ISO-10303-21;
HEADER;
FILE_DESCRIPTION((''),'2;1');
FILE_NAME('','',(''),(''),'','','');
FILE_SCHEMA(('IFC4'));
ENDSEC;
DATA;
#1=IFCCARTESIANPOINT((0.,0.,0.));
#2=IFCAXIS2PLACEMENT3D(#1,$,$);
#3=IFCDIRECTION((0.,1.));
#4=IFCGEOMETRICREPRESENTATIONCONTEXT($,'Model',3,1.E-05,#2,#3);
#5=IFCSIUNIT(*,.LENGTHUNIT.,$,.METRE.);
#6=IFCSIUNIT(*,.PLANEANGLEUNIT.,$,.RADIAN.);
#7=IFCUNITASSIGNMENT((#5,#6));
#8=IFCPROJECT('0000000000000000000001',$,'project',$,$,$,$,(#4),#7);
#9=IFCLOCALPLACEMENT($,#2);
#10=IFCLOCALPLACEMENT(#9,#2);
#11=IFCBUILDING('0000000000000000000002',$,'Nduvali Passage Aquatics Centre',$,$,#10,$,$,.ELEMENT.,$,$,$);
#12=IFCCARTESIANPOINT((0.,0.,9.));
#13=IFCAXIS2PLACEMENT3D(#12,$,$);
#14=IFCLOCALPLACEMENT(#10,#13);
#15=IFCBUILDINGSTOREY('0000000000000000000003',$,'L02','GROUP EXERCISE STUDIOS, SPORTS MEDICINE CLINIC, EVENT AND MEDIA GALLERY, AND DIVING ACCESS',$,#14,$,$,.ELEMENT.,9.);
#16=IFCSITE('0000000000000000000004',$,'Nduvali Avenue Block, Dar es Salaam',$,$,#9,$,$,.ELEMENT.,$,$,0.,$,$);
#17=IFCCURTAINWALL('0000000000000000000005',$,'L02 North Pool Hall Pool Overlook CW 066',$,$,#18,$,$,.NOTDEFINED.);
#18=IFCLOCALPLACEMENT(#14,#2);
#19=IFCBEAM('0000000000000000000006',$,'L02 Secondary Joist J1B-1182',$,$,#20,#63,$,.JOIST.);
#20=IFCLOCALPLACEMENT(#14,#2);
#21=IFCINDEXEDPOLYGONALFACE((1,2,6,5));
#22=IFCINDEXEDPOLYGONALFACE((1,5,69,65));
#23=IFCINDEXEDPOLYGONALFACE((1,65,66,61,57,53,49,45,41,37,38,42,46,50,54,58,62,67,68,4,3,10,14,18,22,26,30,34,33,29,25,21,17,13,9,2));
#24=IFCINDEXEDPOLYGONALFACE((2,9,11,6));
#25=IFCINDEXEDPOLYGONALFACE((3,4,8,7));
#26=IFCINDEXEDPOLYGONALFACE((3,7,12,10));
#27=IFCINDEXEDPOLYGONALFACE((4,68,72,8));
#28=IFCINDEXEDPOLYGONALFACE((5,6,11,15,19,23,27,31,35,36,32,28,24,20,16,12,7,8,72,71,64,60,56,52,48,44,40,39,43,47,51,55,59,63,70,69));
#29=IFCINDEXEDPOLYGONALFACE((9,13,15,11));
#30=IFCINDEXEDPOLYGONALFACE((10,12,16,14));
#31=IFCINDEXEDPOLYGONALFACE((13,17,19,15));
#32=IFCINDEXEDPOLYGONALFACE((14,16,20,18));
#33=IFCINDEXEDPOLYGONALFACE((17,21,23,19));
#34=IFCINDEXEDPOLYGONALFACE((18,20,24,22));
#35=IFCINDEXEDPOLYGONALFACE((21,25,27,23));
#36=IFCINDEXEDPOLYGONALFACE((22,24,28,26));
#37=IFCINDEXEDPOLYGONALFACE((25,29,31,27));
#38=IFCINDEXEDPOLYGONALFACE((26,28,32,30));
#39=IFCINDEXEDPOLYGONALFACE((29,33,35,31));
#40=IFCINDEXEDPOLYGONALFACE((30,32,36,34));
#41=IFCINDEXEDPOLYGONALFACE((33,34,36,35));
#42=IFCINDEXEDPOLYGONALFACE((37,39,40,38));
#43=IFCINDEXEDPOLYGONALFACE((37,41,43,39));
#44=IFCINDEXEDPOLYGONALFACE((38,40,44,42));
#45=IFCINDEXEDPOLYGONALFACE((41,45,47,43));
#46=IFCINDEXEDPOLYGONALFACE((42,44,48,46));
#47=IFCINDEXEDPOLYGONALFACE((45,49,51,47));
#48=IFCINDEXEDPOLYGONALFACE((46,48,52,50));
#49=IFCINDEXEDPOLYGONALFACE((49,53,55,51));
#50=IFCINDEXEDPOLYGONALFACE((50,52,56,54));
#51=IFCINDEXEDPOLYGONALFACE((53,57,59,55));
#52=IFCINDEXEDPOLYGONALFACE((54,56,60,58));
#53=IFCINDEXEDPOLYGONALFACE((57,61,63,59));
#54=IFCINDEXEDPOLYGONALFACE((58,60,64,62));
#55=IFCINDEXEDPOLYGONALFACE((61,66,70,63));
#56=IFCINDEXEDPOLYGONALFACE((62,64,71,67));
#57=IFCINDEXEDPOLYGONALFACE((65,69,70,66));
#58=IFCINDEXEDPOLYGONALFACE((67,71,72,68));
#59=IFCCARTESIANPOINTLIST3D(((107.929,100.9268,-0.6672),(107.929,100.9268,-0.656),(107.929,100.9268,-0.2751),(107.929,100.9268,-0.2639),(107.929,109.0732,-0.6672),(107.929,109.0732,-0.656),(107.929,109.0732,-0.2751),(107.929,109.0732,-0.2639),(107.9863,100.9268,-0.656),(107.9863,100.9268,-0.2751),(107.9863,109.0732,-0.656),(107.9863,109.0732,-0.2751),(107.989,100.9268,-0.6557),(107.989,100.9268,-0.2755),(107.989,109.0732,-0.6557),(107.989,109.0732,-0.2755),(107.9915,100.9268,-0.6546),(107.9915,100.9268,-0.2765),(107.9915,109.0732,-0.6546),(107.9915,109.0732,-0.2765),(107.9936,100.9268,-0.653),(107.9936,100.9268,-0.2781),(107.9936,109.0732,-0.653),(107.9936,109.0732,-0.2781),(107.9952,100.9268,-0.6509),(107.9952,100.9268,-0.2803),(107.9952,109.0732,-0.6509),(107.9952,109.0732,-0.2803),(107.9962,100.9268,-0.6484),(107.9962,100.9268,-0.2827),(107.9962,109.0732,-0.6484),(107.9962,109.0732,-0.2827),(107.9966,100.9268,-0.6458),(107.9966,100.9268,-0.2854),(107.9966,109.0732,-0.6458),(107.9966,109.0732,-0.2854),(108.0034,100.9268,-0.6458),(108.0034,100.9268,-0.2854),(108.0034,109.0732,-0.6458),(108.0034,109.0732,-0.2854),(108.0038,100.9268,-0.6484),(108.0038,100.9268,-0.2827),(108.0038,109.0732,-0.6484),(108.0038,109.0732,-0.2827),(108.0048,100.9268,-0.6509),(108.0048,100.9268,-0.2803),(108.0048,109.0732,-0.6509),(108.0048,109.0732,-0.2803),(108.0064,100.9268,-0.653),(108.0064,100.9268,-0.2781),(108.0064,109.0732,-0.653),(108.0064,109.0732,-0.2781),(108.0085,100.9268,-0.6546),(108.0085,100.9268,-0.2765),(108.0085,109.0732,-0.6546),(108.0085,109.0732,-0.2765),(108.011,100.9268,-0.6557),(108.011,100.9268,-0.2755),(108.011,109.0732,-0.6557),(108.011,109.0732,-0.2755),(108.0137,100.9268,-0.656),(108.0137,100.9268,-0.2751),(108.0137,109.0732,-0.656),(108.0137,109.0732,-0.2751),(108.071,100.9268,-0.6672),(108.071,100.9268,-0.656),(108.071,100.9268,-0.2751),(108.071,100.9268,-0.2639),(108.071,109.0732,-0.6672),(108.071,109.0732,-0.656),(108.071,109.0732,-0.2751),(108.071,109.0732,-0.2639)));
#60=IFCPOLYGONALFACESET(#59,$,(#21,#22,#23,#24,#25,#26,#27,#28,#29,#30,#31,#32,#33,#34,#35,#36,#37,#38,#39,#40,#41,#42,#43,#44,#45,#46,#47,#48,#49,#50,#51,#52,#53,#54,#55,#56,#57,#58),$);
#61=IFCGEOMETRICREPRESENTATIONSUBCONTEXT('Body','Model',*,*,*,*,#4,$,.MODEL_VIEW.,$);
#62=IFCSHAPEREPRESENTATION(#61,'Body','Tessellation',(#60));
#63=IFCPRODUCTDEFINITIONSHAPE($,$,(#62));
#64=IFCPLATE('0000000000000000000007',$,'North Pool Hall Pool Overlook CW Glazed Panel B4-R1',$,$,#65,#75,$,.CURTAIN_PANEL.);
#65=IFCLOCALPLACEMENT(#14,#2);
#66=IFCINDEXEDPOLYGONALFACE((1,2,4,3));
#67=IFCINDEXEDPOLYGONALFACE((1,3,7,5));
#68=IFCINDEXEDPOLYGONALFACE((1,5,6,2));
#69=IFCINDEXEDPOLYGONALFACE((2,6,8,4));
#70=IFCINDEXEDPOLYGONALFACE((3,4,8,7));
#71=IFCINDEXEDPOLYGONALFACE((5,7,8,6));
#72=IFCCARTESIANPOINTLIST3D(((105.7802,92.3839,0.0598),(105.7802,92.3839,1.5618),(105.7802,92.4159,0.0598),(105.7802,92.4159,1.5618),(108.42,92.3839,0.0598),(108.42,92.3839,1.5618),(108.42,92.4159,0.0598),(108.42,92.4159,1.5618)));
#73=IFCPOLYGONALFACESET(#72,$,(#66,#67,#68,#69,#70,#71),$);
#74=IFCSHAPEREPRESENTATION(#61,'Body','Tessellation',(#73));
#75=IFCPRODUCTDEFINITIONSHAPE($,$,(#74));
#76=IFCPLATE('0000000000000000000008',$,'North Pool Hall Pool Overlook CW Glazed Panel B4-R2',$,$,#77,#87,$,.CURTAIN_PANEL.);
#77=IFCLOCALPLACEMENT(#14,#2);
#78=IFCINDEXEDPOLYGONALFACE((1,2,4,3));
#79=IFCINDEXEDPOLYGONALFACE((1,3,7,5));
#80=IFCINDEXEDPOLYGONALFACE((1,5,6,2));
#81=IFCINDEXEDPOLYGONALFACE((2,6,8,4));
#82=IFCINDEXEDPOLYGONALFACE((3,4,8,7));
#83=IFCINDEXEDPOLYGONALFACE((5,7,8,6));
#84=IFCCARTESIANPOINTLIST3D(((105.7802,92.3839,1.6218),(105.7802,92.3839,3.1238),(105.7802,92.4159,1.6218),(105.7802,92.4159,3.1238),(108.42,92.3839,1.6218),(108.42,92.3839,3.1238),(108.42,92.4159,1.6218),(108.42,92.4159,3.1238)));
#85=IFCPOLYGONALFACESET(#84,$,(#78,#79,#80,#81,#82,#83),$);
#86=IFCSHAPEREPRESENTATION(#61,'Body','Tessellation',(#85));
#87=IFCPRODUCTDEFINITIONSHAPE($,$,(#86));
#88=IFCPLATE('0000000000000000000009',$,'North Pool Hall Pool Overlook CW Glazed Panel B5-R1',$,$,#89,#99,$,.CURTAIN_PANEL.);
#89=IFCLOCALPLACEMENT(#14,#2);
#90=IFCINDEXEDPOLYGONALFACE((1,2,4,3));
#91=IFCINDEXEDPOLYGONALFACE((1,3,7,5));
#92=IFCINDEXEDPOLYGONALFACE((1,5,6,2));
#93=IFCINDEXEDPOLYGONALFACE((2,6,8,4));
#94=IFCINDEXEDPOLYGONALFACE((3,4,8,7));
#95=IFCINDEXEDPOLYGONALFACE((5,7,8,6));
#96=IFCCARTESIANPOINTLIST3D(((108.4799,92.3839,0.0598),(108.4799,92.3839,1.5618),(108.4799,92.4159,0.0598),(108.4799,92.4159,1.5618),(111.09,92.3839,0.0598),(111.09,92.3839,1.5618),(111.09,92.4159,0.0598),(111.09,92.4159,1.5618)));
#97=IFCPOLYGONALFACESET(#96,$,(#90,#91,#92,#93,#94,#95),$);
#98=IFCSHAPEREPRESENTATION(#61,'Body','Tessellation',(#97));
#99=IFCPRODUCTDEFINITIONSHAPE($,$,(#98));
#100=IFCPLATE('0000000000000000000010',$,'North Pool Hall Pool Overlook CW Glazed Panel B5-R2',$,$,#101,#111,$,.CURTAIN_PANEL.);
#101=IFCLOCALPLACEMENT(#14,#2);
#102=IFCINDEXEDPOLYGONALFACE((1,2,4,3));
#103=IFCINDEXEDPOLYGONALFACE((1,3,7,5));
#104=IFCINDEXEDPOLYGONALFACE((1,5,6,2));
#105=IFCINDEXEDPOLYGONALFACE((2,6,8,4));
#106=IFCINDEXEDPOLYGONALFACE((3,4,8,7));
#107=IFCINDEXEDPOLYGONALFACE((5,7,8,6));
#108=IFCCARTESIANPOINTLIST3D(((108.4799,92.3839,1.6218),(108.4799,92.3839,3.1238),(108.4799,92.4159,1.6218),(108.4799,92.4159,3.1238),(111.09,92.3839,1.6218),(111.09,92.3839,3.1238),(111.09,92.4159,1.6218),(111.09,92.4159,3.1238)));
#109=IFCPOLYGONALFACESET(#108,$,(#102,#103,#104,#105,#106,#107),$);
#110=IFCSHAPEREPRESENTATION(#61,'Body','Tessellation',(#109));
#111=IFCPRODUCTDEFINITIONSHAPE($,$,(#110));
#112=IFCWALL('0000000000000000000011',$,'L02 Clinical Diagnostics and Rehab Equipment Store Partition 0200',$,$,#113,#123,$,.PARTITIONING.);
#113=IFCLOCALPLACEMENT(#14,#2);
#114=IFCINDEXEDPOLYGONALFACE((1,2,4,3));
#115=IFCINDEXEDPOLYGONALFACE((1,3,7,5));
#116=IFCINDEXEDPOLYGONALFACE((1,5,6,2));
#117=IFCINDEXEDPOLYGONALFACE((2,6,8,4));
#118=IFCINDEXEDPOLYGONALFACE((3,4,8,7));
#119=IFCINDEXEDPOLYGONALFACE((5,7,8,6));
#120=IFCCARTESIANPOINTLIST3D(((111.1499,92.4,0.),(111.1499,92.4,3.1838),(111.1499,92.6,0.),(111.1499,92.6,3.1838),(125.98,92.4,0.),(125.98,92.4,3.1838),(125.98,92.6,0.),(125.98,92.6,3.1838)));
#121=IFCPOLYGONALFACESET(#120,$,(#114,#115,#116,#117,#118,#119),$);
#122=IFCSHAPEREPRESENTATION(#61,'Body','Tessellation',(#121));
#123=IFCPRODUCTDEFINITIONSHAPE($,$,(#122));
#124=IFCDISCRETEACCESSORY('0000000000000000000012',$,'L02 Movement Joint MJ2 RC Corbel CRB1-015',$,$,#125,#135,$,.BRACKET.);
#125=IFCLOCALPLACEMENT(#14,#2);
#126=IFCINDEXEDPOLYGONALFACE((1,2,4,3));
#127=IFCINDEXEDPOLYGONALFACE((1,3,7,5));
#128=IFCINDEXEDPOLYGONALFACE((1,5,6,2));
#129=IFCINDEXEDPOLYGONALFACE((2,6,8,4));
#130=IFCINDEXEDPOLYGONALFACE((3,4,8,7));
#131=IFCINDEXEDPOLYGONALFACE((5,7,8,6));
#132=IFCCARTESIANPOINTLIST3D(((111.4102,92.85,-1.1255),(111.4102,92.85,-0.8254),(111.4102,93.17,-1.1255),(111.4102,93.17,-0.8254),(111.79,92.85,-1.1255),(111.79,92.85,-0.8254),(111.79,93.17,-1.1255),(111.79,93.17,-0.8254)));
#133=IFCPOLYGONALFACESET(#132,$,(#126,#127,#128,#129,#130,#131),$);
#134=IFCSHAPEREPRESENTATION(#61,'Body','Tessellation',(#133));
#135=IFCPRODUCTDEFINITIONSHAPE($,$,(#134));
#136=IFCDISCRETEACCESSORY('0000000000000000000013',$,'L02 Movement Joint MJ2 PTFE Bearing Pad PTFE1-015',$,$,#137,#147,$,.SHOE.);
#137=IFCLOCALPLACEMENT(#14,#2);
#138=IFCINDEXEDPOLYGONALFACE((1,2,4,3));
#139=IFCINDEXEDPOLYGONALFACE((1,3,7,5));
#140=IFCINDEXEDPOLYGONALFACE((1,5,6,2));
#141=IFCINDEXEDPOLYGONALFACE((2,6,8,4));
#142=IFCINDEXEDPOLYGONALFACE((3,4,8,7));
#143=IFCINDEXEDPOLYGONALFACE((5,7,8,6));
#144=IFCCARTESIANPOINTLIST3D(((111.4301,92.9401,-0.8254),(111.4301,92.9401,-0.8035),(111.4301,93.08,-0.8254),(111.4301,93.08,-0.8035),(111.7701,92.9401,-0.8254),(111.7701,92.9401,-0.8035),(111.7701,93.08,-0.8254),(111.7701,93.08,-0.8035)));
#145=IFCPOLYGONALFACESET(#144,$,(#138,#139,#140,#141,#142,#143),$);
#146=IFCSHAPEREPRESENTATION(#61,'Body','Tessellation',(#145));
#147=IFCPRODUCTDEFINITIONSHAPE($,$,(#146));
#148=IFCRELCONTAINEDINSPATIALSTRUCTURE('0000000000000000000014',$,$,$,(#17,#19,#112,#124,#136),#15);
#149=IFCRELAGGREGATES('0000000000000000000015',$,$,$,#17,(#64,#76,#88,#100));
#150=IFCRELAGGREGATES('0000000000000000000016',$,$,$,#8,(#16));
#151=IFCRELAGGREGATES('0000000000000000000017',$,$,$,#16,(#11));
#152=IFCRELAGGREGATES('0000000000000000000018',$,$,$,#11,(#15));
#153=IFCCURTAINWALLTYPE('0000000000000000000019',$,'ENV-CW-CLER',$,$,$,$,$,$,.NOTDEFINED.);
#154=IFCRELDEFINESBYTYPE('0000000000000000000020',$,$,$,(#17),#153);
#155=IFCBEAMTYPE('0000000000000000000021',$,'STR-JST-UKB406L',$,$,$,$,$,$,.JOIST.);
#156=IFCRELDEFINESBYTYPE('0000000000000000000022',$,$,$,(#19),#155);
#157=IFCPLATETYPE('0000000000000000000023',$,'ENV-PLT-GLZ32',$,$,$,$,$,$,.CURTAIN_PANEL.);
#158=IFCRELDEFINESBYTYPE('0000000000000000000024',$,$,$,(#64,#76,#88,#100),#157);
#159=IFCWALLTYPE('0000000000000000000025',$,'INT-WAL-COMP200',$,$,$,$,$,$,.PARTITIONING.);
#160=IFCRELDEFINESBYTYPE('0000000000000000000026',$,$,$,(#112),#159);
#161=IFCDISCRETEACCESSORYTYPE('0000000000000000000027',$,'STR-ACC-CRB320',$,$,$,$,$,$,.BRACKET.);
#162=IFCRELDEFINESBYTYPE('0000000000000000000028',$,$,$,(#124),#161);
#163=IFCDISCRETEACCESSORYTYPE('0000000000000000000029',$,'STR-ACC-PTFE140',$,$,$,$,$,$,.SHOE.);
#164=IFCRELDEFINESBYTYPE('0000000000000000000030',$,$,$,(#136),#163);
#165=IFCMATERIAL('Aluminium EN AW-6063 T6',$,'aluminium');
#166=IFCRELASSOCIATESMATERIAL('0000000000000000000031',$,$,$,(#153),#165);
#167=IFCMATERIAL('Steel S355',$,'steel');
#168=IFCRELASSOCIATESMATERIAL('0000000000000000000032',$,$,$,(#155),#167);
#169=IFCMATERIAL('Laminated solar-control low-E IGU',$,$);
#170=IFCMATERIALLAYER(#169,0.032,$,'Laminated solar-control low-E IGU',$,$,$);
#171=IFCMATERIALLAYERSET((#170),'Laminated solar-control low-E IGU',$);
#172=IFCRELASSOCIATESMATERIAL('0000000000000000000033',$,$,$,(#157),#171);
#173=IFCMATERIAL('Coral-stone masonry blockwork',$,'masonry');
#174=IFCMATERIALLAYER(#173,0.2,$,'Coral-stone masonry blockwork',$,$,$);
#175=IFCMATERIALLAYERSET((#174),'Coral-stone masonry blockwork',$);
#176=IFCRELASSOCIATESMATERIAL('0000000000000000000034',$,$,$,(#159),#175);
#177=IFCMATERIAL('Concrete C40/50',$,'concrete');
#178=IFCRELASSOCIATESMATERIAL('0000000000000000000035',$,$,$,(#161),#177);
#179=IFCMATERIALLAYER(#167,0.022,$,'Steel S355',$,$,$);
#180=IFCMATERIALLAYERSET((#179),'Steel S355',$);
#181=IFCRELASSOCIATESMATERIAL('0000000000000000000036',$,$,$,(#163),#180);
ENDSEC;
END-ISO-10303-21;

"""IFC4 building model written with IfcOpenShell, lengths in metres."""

from ifc_helpers import new_model, si_unit, direction, frame, frame_2d, origin, origin_2d, place, context, subcontext, project, spatial, rectangle, i_section, extrude, material, layer, layer_set, material_profile, profile_set, type_object, element, aggregate, save


model = new_model("IFC4")

# Units and contexts
model_context = context("Model", 3, precision=1e-05, world=origin(), true_north=direction((0.0, 1.0)))
body_context = subcontext(model_context, "Body", "Model", "MODEL_VIEW")
ifc_project = project(units=[si_unit("LENGTHUNIT", "METRE"), si_unit("PLANEANGLEUNIT", "RADIAN")], contexts=[model_context])

# Site, building, storey
site_placement = place(None, origin())
site = spatial("IfcSite", under=ifc_project, at=site_placement, Name="Nduvali Avenue Block, Dar es Salaam", CompositionType="ELEMENT", RefElevation=0.0)
building_placement = place(site_placement, origin())
building = spatial("IfcBuilding", under=site, at=building_placement, Name="Nduvali Passage Aquatics Centre", CompositionType="ELEMENT")
storey_placement = place(building_placement, frame((0.0, 0.0, 9.0)))
storey = spatial("IfcBuildingStorey", under=building, at=storey_placement, Name="L02", Description="GROUP EXERCISE STUDIOS, SPORTS MEDICINE CLINIC, EVENT AND MEDIA GALLERY, AND DIVING ACCESS", CompositionType="ELEMENT", Elevation=9.0)

# Shared definitions
ifc_material_1 = material(Name="Steel S355", Category="steel")
ifc_material_2 = material(Name="Concrete C40/50", Category="concrete")

# Curtain wall
ifc_material_3 = material(Name="Aluminium EN AW-6063 T6", Category="aluminium")
curtain_wall_type = type_object("IfcCurtainWallType", Name="ENV-CW-CLER", PredefinedType="NOTDEFINED", material=ifc_material_3)
curtain_wall_1_placement = place(storey_placement, origin())
curtain_wall_1 = element("IfcCurtainWall", 1, at=curtain_wall_1_placement, inside=storey, type_object=curtain_wall_type, Name="L02 North Pool Hall Pool Overlook CW 066", PredefinedType="NOTDEFINED")

# Beam
ifc_material_profile_1 = material_profile(ifc_material_1, i_section(OverallWidth=0.1421, OverallDepth=0.4033, WebThickness=0.0068, FlangeThickness=0.0112, FilletRadius=0.0103, at=origin_2d()), Name="UKB 406x140x46")
ifc_profile_set_1 = profile_set([ifc_material_profile_1], Name="Steel S355")
beam_type_1 = type_object("IfcBeamType", Name="STR-JST-UKB406L", PredefinedType="JOIST", material=ifc_profile_set_1)
beam_1_placement = place(storey_placement, frame((108.0, 100.9268, -0.4656), z_axis=(0.0, 1.0, 0.0), x_axis=(-1.0, 0.0, 0.0)))
element("IfcBeam", 2, at=beam_1_placement, inside=storey, type_object=beam_type_1, Name="L02 Secondary Joist J1B-1182", PredefinedType="JOIST", context=body_context, shape_type="SweptSolid", body=[
    extrude(i_section(OverallWidth=0.1421, OverallDepth=0.4033, WebThickness=0.0068, FlangeThickness=0.0112, FilletRadius=0.0103, at=origin_2d()), origin(), (0.0, 0.0, 1.0), 8.1465),
])

# Plates
ifc_material_4 = material(Name="Laminated solar-control low-E IGU")
ifc_layer_1 = layer(ifc_material_4, 0.032, Name="Laminated solar-control low-E IGU")
ifc_layer_set_1 = layer_set([ifc_layer_1], Name="Laminated solar-control low-E IGU")
plate_type = type_object("IfcPlateType", Name="ENV-PLT-GLZ32", PredefinedType="CURTAIN_PANEL", material=ifc_layer_set_1)
plate_1_placement = place(storey_placement, frame((107.1001, 92.3999, 0.0598), z_axis=(0.0, 0.0, 1.0), x_axis=(1.0, 0.0, 0.0)))
plate_1 = element("IfcPlate", 3, at=plate_1_placement, type_object=plate_type, Name="North Pool Hall Pool Overlook CW Glazed Panel B4-R1", PredefinedType="CURTAIN_PANEL", context=body_context, shape_type="SweptSolid", body=[
    extrude(rectangle(XDim=2.6399, YDim=0.032, at=origin_2d()), origin(), (0.0, 0.0, 1.0), 1.502),
])
plate_2_placement = place(storey_placement, frame((107.1001, 92.3999, 1.6218), z_axis=(0.0, 0.0, 1.0), x_axis=(1.0, 0.0, 0.0)))
plate_2 = element("IfcPlate", 4, at=plate_2_placement, type_object=plate_type, Name="North Pool Hall Pool Overlook CW Glazed Panel B4-R2", PredefinedType="CURTAIN_PANEL", context=body_context, shape_type="SweptSolid", body=[
    extrude(rectangle(XDim=2.6399, YDim=0.032, at=origin_2d()), origin(), (0.0, 0.0, 1.0), 1.502),
])
plate_3_placement = place(storey_placement, frame((109.7849, 92.3999, 0.0598), z_axis=(0.0, 0.0, 1.0), x_axis=(1.0, 0.0, 0.0)))
plate_3 = element("IfcPlate", 5, at=plate_3_placement, type_object=plate_type, Name="North Pool Hall Pool Overlook CW Glazed Panel B5-R1", PredefinedType="CURTAIN_PANEL", context=body_context, shape_type="SweptSolid", body=[
    extrude(rectangle(XDim=2.6101, YDim=0.032, at=origin_2d()), origin(), (0.0, 0.0, 1.0), 1.502),
])
plate_4_placement = place(storey_placement, frame((109.7849, 92.3999, 1.6218), z_axis=(0.0, 0.0, 1.0), x_axis=(1.0, 0.0, 0.0)))
plate_4 = element("IfcPlate", 6, at=plate_4_placement, type_object=plate_type, Name="North Pool Hall Pool Overlook CW Glazed Panel B5-R2", PredefinedType="CURTAIN_PANEL", context=body_context, shape_type="SweptSolid", body=[
    extrude(rectangle(XDim=2.6101, YDim=0.032, at=origin_2d()), origin(), (0.0, 0.0, 1.0), 1.502),
])
aggregate(curtain_wall_1, [plate_1, plate_2, plate_3, plate_4])

# Wall
ifc_material_5 = material(Name="Coral-stone masonry blockwork", Category="masonry")
ifc_layer_2 = layer(ifc_material_5, 0.2, Name="Coral-stone masonry blockwork")
ifc_layer_set_2 = layer_set([ifc_layer_2], Name="Coral-stone masonry blockwork")
wall_type = type_object("IfcWallType", Name="INT-WAL-COMP200", PredefinedType="PARTITIONING", material=ifc_layer_set_2)
wall_placement = place(storey_placement, frame((111.1499, 92.5, 0.0), z_axis=(0.0, 0.0, 1.0), x_axis=(1.0, 0.0, 0.0)))
element("IfcWall", 7, at=wall_placement, inside=storey, type_object=wall_type, Name="L02 Clinical Diagnostics and Rehab Equipment Store Partition 0200", PredefinedType="PARTITIONING", context=body_context, shape_type="SweptSolid", body=[
    extrude(rectangle(XDim=14.8301, YDim=0.2, at=frame_2d((7.415, 0.0))), origin(), (0.0, 0.0, 1.0), 3.1838),
])

# Discrete accessories
discrete_accessory_type_1 = type_object("IfcDiscreteAccessoryType", Name="STR-ACC-CRB320", PredefinedType="BRACKET", material=ifc_material_2)
discrete_accessory_1_placement = place(storey_placement, frame((111.6001, 93.01, -1.1255), z_axis=(0.0, 0.0, 1.0), x_axis=(0.0, 1.0, 0.0)))
element("IfcDiscreteAccessory", 8, at=discrete_accessory_1_placement, inside=storey, type_object=discrete_accessory_type_1, Name="L02 Movement Joint MJ2 RC Corbel CRB1-015", PredefinedType="BRACKET", context=body_context, shape_type="SweptSolid", body=[
    extrude(rectangle(XDim=0.3201, YDim=0.3799, at=origin_2d()), origin(), (0.0, 0.0, 1.0), 0.3),
])
ifc_layer_3 = layer(ifc_material_1, 0.022, Name="Steel S355")
ifc_layer_set_3 = layer_set([ifc_layer_3], Name="Steel S355")
discrete_accessory_type_2 = type_object("IfcDiscreteAccessoryType", Name="STR-ACC-PTFE140", PredefinedType="SHOE", material=ifc_layer_set_3)
discrete_accessory_2_placement = place(storey_placement, frame((111.6001, 93.01, -0.8254), z_axis=(0.0, 0.0, 1.0), x_axis=(0.0, 1.0, 0.0)))
element("IfcDiscreteAccessory", 9, at=discrete_accessory_2_placement, inside=storey, type_object=discrete_accessory_type_2, Name="L02 Movement Joint MJ2 PTFE Bearing Pad PTFE1-015", PredefinedType="SHOE", context=body_context, shape_type="SweptSolid", body=[
    extrude(rectangle(XDim=0.1399, YDim=0.3401, at=origin_2d()), origin(), (0.0, 0.0, 1.0), 0.022),
])

save(model, "model.ifc")
